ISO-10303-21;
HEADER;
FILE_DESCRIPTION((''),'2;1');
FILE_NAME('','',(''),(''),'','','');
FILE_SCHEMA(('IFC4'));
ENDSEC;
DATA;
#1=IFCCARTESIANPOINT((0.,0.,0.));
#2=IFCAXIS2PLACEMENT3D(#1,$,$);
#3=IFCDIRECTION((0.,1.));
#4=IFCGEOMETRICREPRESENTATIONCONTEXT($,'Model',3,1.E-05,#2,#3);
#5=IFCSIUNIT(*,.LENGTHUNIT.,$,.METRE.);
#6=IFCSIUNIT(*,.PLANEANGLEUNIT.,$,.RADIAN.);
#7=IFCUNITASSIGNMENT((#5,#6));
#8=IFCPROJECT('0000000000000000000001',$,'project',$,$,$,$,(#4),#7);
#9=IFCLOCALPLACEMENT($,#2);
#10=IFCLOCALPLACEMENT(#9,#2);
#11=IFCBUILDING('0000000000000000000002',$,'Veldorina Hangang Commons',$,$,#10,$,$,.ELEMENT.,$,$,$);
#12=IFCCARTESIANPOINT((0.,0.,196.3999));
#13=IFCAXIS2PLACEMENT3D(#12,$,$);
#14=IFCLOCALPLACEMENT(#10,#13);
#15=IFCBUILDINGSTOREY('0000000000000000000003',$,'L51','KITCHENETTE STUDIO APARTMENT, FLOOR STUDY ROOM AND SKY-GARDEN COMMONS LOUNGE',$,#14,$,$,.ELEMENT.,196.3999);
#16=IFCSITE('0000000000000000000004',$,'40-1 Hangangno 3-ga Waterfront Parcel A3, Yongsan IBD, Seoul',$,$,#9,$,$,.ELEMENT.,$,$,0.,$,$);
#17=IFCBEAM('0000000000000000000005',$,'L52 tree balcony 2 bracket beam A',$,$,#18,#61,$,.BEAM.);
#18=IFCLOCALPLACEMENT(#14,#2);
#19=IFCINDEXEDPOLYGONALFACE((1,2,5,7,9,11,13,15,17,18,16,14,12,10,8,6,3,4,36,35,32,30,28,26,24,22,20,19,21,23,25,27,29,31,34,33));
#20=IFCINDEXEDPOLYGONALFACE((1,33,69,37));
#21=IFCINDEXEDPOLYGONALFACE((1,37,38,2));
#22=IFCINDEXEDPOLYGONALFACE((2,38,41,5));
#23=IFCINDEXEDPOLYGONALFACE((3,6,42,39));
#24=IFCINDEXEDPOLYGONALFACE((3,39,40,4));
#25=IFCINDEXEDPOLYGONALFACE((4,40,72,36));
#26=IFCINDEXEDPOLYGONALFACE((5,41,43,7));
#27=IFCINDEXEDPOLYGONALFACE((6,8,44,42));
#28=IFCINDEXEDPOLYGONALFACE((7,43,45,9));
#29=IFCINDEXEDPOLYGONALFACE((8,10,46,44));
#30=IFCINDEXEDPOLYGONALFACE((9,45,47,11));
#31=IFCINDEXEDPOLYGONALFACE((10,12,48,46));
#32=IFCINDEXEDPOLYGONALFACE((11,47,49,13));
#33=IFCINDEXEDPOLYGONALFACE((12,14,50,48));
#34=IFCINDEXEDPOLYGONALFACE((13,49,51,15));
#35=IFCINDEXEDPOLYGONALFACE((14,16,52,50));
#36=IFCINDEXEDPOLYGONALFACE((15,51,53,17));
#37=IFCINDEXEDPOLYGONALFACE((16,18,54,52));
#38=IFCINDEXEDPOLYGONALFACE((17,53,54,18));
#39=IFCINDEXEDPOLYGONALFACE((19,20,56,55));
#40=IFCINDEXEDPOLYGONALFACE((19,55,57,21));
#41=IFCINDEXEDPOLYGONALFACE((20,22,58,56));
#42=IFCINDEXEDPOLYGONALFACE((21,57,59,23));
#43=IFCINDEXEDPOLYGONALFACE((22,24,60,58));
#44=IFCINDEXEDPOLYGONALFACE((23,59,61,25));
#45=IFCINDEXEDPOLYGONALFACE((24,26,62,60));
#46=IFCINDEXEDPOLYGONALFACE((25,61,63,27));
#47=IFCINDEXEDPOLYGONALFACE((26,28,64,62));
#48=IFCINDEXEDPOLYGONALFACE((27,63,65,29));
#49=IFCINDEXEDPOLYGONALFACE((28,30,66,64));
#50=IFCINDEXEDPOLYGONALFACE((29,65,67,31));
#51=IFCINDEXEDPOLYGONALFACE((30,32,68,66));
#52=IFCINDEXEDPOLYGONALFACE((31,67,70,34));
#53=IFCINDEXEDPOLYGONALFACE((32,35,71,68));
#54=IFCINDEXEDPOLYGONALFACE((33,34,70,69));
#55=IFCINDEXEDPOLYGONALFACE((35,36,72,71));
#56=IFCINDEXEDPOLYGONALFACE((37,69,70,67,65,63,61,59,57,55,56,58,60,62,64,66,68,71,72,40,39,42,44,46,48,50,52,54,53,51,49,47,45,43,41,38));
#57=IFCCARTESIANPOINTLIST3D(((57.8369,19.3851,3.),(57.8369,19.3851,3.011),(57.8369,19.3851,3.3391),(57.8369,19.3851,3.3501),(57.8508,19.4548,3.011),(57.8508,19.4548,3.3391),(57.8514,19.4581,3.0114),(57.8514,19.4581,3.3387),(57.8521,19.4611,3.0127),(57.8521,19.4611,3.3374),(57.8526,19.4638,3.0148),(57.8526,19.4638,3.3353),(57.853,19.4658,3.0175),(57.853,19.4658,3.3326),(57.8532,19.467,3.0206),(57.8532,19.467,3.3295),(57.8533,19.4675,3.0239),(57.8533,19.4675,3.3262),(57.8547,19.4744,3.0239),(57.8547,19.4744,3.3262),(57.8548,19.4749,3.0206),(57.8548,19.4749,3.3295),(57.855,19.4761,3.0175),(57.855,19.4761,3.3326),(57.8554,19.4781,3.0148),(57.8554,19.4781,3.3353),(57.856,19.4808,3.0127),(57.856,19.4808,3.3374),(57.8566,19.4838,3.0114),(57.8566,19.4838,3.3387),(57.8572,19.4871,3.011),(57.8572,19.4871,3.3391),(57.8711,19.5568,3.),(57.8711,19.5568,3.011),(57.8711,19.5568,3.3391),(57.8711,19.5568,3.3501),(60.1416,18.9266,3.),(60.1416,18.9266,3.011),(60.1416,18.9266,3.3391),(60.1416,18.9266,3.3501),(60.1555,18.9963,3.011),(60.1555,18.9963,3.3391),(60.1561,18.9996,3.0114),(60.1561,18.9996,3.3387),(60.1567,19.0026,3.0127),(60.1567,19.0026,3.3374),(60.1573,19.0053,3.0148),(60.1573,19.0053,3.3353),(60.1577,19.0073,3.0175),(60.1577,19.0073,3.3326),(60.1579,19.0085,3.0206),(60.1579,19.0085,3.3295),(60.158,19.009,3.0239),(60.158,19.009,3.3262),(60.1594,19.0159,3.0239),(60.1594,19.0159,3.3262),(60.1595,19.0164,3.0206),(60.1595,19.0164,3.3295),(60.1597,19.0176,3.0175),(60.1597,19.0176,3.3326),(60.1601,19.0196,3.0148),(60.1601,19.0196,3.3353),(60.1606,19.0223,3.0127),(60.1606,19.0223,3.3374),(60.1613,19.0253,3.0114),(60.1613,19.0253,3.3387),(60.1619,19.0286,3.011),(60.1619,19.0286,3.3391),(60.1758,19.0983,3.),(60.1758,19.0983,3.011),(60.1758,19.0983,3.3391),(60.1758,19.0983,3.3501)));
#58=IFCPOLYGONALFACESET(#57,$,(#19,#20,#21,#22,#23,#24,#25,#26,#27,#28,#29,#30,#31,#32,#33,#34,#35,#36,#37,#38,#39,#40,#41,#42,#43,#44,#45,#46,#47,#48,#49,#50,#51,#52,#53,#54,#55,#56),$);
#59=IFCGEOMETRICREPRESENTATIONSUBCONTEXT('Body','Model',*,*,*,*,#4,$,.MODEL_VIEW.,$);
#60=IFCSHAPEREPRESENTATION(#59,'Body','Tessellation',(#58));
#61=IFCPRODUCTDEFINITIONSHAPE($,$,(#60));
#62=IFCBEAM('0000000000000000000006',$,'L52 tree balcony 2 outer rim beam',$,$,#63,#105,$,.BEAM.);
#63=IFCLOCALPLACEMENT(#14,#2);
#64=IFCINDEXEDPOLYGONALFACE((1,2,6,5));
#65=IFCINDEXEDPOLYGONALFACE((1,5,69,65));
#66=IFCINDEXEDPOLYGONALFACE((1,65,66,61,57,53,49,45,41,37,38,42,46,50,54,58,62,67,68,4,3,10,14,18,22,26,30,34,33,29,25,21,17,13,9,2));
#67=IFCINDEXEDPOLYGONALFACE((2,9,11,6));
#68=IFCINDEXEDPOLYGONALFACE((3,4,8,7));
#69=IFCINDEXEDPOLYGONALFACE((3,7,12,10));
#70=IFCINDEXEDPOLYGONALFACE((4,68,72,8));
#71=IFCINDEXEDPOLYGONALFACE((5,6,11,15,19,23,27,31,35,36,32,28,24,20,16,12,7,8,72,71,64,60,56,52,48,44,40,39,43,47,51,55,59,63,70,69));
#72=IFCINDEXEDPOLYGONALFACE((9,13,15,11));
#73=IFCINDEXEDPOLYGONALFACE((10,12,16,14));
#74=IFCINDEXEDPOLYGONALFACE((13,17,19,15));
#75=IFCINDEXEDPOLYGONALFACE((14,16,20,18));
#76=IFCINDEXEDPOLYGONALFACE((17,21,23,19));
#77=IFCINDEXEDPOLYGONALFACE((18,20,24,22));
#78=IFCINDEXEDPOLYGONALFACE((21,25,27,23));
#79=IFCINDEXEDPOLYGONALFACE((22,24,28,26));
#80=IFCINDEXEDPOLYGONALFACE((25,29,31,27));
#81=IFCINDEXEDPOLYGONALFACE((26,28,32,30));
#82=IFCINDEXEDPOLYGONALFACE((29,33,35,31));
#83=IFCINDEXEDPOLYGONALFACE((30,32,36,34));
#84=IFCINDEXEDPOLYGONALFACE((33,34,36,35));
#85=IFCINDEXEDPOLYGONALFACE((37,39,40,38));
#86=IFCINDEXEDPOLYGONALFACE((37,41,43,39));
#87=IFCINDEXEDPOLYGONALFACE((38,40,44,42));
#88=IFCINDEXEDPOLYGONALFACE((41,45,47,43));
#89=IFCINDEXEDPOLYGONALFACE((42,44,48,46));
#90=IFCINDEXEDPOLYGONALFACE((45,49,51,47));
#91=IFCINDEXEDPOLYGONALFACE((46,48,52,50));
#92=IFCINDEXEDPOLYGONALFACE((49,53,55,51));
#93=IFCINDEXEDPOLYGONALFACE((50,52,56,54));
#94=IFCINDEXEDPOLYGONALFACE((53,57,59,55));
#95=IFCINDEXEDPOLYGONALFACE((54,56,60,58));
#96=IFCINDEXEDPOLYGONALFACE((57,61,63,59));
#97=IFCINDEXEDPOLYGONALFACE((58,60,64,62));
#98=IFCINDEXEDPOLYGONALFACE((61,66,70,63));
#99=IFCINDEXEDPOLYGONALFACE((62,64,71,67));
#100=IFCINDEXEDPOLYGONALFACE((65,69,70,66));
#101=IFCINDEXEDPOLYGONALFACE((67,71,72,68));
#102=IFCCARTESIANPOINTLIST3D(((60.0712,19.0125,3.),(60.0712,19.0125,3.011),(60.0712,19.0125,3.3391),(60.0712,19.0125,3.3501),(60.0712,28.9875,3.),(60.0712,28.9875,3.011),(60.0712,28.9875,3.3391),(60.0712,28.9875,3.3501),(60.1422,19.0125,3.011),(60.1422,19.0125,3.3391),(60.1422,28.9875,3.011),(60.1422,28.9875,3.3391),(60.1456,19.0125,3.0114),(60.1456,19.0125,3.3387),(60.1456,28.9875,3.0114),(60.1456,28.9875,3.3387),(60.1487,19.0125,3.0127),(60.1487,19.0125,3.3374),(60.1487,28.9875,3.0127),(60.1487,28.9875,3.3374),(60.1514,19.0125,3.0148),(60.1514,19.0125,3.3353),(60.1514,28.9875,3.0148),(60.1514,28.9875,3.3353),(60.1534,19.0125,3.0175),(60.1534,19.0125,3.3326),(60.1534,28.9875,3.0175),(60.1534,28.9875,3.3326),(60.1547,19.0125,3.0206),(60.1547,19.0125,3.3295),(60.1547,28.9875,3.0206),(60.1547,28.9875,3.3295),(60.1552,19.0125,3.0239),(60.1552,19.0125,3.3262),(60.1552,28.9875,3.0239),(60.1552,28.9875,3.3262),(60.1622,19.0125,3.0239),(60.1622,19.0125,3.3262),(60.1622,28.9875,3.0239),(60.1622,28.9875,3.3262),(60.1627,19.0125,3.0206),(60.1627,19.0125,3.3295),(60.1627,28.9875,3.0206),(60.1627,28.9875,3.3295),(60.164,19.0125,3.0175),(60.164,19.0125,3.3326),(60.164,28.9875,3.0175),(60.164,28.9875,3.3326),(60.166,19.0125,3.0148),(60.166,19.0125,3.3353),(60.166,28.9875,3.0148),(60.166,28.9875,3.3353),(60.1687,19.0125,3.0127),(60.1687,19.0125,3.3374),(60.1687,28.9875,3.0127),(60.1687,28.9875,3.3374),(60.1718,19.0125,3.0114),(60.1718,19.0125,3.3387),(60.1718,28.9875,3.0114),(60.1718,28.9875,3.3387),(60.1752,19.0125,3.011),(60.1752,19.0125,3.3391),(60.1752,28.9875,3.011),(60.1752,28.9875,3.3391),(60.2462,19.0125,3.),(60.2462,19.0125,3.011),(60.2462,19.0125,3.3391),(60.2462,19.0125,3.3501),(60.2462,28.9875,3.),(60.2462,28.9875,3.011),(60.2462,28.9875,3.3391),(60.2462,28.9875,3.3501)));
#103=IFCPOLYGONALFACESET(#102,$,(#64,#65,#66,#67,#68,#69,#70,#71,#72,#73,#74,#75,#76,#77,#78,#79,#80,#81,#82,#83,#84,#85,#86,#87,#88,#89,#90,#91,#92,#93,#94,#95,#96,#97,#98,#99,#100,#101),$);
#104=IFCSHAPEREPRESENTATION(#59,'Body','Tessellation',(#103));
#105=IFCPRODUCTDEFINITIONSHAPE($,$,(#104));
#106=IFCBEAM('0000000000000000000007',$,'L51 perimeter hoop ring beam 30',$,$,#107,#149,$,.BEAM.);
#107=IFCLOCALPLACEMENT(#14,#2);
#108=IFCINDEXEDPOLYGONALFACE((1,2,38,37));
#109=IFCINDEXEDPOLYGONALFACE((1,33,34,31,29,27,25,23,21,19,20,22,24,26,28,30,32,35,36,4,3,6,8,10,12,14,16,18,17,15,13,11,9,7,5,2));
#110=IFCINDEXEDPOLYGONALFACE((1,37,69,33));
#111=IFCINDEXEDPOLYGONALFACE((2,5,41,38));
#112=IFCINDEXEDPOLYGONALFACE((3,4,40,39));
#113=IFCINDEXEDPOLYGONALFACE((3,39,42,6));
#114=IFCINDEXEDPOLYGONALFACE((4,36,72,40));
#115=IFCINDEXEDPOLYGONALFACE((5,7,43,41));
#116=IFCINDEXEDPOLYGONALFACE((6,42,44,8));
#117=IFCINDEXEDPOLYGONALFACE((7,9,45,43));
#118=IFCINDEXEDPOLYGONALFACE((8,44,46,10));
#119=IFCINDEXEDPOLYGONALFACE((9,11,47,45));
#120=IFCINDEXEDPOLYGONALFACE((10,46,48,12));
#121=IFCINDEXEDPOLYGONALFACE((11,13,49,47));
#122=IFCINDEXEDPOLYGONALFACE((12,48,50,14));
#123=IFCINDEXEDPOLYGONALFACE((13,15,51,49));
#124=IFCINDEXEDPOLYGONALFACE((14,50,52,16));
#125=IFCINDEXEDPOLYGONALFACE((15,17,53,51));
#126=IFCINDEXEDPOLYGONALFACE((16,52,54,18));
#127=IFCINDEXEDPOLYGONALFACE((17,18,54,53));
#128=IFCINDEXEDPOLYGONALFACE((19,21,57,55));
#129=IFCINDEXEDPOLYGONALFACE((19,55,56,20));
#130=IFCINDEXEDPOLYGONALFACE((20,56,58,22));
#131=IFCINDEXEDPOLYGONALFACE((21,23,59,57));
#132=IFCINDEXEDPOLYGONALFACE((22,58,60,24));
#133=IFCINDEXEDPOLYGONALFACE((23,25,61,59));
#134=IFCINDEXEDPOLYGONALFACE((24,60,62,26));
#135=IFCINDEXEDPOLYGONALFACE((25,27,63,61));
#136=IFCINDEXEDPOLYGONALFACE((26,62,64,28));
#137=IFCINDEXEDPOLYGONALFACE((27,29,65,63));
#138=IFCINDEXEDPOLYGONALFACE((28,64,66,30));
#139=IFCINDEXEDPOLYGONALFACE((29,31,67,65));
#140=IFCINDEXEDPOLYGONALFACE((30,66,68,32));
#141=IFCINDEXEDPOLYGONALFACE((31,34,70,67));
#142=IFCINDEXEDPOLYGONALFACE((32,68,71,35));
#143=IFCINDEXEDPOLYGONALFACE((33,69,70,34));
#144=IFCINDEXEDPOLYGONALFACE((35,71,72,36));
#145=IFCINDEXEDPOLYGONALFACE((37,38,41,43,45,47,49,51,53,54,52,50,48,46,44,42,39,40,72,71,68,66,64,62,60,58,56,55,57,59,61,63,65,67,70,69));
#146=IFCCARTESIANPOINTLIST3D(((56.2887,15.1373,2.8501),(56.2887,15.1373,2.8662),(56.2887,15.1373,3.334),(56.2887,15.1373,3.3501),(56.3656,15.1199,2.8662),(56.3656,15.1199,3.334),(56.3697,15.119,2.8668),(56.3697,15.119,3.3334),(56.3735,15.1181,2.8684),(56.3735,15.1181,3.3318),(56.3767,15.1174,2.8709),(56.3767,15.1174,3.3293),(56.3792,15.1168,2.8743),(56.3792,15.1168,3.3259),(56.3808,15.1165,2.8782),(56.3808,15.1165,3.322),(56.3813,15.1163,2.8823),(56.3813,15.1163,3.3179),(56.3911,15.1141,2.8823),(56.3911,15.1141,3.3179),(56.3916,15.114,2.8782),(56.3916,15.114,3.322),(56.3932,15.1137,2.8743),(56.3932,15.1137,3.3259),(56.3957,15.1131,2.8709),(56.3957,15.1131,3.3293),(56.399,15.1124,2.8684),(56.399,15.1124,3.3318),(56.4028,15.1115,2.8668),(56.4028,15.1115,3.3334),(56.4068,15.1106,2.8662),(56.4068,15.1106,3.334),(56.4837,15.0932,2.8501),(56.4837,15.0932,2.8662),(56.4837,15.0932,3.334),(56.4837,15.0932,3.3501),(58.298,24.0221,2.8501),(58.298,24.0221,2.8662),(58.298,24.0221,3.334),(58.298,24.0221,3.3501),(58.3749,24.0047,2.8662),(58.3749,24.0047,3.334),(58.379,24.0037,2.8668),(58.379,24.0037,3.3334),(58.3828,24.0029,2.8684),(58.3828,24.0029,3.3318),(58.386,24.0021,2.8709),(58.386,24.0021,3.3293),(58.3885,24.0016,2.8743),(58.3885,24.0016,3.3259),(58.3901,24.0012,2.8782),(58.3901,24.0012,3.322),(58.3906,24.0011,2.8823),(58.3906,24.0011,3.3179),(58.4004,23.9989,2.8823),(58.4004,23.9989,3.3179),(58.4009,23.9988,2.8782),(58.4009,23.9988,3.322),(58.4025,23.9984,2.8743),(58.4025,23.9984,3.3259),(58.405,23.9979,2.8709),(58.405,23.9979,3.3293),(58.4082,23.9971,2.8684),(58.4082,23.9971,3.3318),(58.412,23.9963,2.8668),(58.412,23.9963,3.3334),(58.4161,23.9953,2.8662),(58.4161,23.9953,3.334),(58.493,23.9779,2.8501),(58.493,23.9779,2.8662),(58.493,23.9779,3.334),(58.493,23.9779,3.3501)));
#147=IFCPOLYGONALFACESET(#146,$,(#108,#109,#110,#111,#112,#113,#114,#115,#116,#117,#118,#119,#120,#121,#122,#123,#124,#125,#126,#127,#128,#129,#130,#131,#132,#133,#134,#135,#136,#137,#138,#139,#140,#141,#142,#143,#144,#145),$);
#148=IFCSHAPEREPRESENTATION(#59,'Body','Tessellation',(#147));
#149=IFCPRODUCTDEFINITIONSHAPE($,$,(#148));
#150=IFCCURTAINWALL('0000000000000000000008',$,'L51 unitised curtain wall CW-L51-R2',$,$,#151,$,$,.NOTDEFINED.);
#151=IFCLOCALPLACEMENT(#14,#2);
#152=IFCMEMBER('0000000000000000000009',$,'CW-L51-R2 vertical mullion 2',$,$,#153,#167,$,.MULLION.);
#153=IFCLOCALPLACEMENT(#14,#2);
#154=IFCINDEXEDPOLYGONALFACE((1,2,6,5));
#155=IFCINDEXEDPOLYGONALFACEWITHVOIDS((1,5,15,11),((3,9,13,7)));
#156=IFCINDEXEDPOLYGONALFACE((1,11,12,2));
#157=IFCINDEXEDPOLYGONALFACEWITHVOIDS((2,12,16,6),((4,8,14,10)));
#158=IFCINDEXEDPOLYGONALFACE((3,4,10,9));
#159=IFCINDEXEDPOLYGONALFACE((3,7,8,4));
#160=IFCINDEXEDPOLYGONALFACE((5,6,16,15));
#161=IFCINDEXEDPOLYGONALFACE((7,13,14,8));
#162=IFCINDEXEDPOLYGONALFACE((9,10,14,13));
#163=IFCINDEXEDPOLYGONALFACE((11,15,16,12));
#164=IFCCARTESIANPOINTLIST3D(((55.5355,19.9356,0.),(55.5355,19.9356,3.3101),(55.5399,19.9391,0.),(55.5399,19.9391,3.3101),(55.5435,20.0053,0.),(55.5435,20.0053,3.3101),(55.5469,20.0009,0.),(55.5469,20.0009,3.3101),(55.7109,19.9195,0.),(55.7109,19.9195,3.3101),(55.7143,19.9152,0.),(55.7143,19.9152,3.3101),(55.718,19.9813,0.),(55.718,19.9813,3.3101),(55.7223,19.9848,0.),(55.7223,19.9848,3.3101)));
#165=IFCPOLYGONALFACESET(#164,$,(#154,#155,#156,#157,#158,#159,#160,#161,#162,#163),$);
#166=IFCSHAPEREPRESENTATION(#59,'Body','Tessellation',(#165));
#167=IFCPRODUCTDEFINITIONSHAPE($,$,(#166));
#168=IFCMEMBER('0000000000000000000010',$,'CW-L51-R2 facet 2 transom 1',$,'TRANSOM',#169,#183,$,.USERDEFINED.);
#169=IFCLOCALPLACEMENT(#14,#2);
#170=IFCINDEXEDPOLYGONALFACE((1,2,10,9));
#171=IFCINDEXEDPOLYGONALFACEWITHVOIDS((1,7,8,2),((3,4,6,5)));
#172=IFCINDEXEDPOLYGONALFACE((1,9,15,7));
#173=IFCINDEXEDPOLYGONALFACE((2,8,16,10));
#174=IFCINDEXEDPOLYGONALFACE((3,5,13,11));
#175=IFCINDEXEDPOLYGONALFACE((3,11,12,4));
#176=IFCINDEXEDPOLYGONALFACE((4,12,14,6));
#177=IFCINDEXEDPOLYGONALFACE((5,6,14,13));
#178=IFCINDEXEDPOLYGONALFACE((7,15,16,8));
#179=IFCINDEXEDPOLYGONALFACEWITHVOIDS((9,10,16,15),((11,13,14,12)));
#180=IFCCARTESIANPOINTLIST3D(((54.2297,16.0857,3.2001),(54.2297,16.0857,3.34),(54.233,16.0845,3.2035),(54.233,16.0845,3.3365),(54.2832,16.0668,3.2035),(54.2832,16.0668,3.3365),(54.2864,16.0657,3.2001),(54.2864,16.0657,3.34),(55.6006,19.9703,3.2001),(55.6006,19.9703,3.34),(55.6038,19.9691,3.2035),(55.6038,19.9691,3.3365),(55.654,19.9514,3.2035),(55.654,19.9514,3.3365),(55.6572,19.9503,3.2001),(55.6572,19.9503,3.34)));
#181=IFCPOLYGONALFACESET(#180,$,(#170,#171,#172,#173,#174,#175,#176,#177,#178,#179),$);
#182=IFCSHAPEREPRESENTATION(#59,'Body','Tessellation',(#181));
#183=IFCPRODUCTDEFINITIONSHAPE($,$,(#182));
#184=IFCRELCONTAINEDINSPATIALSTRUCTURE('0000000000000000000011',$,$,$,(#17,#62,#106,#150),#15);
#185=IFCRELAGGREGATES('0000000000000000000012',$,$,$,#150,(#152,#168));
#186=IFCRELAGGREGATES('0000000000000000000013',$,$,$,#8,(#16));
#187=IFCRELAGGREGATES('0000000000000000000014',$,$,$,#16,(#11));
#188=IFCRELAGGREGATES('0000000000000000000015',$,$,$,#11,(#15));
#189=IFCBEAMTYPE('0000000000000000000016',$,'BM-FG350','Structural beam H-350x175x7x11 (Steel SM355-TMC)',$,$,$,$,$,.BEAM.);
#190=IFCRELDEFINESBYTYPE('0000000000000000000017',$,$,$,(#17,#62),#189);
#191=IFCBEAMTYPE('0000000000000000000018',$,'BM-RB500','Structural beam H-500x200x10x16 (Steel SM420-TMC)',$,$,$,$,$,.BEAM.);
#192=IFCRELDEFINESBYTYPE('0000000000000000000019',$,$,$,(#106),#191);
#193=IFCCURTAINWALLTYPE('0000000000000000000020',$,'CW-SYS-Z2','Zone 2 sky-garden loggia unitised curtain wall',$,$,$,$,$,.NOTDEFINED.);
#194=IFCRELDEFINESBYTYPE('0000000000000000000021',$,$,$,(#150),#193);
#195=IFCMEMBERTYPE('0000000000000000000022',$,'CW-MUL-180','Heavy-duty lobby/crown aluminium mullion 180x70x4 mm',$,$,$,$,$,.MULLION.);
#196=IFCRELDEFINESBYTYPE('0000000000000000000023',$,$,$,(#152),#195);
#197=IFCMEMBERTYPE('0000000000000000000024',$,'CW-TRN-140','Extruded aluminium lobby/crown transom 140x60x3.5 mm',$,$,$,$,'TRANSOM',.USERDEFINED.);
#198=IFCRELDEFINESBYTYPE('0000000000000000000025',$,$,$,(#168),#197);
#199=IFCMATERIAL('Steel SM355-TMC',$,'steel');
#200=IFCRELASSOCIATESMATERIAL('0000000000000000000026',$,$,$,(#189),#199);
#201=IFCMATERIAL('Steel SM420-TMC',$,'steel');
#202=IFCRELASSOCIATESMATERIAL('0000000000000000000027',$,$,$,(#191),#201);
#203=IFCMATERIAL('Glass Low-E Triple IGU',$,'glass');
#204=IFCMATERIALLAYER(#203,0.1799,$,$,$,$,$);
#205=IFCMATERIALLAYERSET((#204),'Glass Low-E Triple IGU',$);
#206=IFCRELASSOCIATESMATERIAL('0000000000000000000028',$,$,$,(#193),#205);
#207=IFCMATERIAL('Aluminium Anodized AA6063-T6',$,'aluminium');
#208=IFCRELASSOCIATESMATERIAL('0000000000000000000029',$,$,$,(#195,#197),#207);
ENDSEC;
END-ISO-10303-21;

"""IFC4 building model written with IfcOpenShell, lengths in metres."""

from ifc_helpers import new_model, si_unit, direction, frame, origin, origin_2d, place, context, subcontext, project, spatial, hollow_rectangle, i_section, extrude, material, layer, layer_set, material_profile, profile_set, type_object, element, aggregate, save


model = new_model("IFC4")

# Units and contexts
model_context = context("Model", 3, precision=1e-05, world=origin(), true_north=direction((0.0, 1.0)))
body_context = subcontext(model_context, "Body", "Model", "MODEL_VIEW")
ifc_project = project(units=[si_unit("LENGTHUNIT", "METRE"), si_unit("PLANEANGLEUNIT", "RADIAN")], contexts=[model_context])

# Site, building, storey
site_placement = place(None, origin())
site = spatial("IfcSite", under=ifc_project, at=site_placement, Name="40-1 Hangangno 3-ga Waterfront Parcel A3, Yongsan IBD, Seoul", CompositionType="ELEMENT", RefElevation=0.0)
building_placement = place(site_placement, origin())
building = spatial("IfcBuilding", under=site, at=building_placement, Name="Veldorina Hangang Commons", CompositionType="ELEMENT")
storey_placement = place(building_placement, frame((0.0, 0.0, 196.3999)))
storey = spatial("IfcBuildingStorey", under=building, at=storey_placement, Name="L51", Description="KITCHENETTE STUDIO APARTMENT, FLOOR STUDY ROOM AND SKY-GARDEN COMMONS LOUNGE", CompositionType="ELEMENT", Elevation=196.3999)

# Beams
ifc_material_1 = material(Name="Steel SM355-TMC", Category="steel")
ifc_material_profile_1 = material_profile(ifc_material_1, i_section(OverallWidth=0.175, OverallDepth=0.3501, WebThickness=0.0071, FlangeThickness=0.011, FilletRadius=0.0129, at=origin_2d()), Name="H-350x175x7x11")
ifc_profile_set_1 = profile_set([ifc_material_profile_1], Name="Steel SM355-TMC")
beam_type_1 = type_object("IfcBeamType", Name="BM-FG350", Description="Structural beam H-350x175x7x11 (Steel SM355-TMC)", PredefinedType="BEAM", material=ifc_profile_set_1)
beam_1_placement = place(storey_placement, frame((57.854, 19.4709, 3.175), z_axis=(0.98078, -0.195117, 0.0), x_axis=(0.195117, 0.98078, 0.0)))
element("IfcBeam", 1, at=beam_1_placement, inside=storey, type_object=beam_type_1, Name="L52 tree balcony 2 bracket beam A", PredefinedType="BEAM", context=body_context, shape_type="SweptSolid", body=[
    extrude(i_section(OverallWidth=0.175, OverallDepth=0.3501, WebThickness=0.0071, FlangeThickness=0.011, FilletRadius=0.0129, at=origin_2d()), origin(), (0.0, 0.0, 1.0), 2.3499),
])
beam_2_placement = place(storey_placement, frame((60.1587, 19.0125, 3.175), z_axis=(0.0, 1.0, 0.0), x_axis=(-1.0, 0.0, 0.0)))
element("IfcBeam", 2, at=beam_2_placement, inside=storey, type_object=beam_type_1, Name="L52 tree balcony 2 outer rim beam", PredefinedType="BEAM", context=body_context, shape_type="SweptSolid", body=[
    extrude(i_section(OverallWidth=0.175, OverallDepth=0.3501, WebThickness=0.0071, FlangeThickness=0.011, FilletRadius=0.0129, at=origin_2d()), origin(), (0.0, 0.0, 1.0), 9.9751),
])
ifc_material_2 = material(Name="Steel SM420-TMC", Category="steel")
ifc_material_profile_2 = material_profile(ifc_material_2, i_section(OverallWidth=0.2, OverallDepth=0.5, WebThickness=0.01, FlangeThickness=0.0161, FilletRadius=0.0161, at=origin_2d()), Name="H-500x200x10x16")
ifc_profile_set_2 = profile_set([ifc_material_profile_2], Name="Steel SM420-TMC")
beam_type_2 = type_object("IfcBeamType", Name="BM-RB500", Description="Structural beam H-500x200x10x16 (Steel SM420-TMC)", PredefinedType="BEAM", material=ifc_profile_set_2)
beam_3_placement = place(storey_placement, frame((56.3862, 15.1152, 3.1001), z_axis=(0.220578, 0.975369, 0.0), x_axis=(-0.975369, 0.220578, 0.0)))
element("IfcBeam", 3, at=beam_3_placement, inside=storey, type_object=beam_type_2, Name="L51 perimeter hoop ring beam 30", PredefinedType="BEAM", context=body_context, shape_type="SweptSolid", body=[
    extrude(i_section(OverallWidth=0.2, OverallDepth=0.5, WebThickness=0.01, FlangeThickness=0.0161, FilletRadius=0.0161, at=origin_2d()), origin(), (0.0, 0.0, 1.0), 9.1091),
])

# Curtain wall, members
ifc_material_3 = material(Name="Glass Low-E Triple IGU", Category="glass")
ifc_layer_1 = layer(ifc_material_3, 0.1799)
ifc_layer_set_1 = layer_set([ifc_layer_1], Name="Glass Low-E Triple IGU")
curtain_wall_type = type_object("IfcCurtainWallType", Name="CW-SYS-Z2", Description="Zone 2 sky-garden loggia unitised curtain wall", PredefinedType="NOTDEFINED", material=ifc_layer_set_1)
curtain_wall_placement = place(storey_placement, origin())
curtain_wall = element("IfcCurtainWall", 4, at=curtain_wall_placement, inside=storey, type_object=curtain_wall_type, Name="L51 unitised curtain wall CW-L51-R2", PredefinedType="NOTDEFINED")
ifc_material_4 = material(Name="Aluminium Anodized AA6063-T6", Category="aluminium")
ifc_material_profile_3 = material_profile(ifc_material_4, hollow_rectangle(XDim=0.0701, YDim=0.1799, WallThickness=0.0039, at=origin_2d()), Name="ALU-RHS-180x70x4")
ifc_profile_set_3 = profile_set([ifc_material_profile_3], Name="Aluminium Anodized AA6063-T6")
member_type_1 = type_object("IfcMemberType", Name="CW-MUL-180", Description="Heavy-duty lobby/crown aluminium mullion 180x70x4 mm", PredefinedType="MULLION", material=ifc_profile_set_3)
member_1_placement = place(storey_placement, frame((55.6289, 19.9602, 0.0), z_axis=(0.0, 0.0, 1.0), x_axis=(0.113845, 0.993499, 0.0)))
member_1 = element("IfcMember", 5, at=member_1_placement, type_object=member_type_1, Name="CW-L51-R2 vertical mullion 2", PredefinedType="MULLION", context=body_context, shape_type="SweptSolid", body=[
    extrude(hollow_rectangle(XDim=0.0701, YDim=0.1799, WallThickness=0.0039, at=origin_2d()), origin(), (0.0, 0.0, 1.0), 3.3101),
])
ifc_material_profile_4 = material_profile(ifc_material_4, hollow_rectangle(XDim=0.0601, YDim=0.1399, WallThickness=0.0034, at=origin_2d()), Name="ALU-RHS-140x60x3.5")
ifc_profile_set_4 = profile_set([ifc_material_profile_4], Name="Aluminium Anodized AA6063-T6")
member_type_2 = type_object("IfcMemberType", Name="CW-TRN-140", Description="Extruded aluminium lobby/crown transom 140x60x3.5 mm", ElementType="TRANSOM", PredefinedType="USERDEFINED", material=ifc_profile_set_4)
member_2_placement = place(storey_placement, frame((54.2581, 16.0757, 3.27), z_axis=(0.332786, 0.943002, 0.0), x_axis=(-0.943002, 0.332786, 0.0)))
member_2 = element("IfcMember", 6, at=member_2_placement, type_object=member_type_2, Name="CW-L51-R2 facet 2 transom 1", ObjectType="TRANSOM", PredefinedType="USERDEFINED", context=body_context, shape_type="SweptSolid", body=[
    extrude(hollow_rectangle(XDim=0.0601, YDim=0.1399, WallThickness=0.0034, at=origin_2d()), origin(), (0.0, 0.0, 1.0), 4.1194),
])

aggregate(curtain_wall, [member_1, member_2])

save(model, "model.ifc")
